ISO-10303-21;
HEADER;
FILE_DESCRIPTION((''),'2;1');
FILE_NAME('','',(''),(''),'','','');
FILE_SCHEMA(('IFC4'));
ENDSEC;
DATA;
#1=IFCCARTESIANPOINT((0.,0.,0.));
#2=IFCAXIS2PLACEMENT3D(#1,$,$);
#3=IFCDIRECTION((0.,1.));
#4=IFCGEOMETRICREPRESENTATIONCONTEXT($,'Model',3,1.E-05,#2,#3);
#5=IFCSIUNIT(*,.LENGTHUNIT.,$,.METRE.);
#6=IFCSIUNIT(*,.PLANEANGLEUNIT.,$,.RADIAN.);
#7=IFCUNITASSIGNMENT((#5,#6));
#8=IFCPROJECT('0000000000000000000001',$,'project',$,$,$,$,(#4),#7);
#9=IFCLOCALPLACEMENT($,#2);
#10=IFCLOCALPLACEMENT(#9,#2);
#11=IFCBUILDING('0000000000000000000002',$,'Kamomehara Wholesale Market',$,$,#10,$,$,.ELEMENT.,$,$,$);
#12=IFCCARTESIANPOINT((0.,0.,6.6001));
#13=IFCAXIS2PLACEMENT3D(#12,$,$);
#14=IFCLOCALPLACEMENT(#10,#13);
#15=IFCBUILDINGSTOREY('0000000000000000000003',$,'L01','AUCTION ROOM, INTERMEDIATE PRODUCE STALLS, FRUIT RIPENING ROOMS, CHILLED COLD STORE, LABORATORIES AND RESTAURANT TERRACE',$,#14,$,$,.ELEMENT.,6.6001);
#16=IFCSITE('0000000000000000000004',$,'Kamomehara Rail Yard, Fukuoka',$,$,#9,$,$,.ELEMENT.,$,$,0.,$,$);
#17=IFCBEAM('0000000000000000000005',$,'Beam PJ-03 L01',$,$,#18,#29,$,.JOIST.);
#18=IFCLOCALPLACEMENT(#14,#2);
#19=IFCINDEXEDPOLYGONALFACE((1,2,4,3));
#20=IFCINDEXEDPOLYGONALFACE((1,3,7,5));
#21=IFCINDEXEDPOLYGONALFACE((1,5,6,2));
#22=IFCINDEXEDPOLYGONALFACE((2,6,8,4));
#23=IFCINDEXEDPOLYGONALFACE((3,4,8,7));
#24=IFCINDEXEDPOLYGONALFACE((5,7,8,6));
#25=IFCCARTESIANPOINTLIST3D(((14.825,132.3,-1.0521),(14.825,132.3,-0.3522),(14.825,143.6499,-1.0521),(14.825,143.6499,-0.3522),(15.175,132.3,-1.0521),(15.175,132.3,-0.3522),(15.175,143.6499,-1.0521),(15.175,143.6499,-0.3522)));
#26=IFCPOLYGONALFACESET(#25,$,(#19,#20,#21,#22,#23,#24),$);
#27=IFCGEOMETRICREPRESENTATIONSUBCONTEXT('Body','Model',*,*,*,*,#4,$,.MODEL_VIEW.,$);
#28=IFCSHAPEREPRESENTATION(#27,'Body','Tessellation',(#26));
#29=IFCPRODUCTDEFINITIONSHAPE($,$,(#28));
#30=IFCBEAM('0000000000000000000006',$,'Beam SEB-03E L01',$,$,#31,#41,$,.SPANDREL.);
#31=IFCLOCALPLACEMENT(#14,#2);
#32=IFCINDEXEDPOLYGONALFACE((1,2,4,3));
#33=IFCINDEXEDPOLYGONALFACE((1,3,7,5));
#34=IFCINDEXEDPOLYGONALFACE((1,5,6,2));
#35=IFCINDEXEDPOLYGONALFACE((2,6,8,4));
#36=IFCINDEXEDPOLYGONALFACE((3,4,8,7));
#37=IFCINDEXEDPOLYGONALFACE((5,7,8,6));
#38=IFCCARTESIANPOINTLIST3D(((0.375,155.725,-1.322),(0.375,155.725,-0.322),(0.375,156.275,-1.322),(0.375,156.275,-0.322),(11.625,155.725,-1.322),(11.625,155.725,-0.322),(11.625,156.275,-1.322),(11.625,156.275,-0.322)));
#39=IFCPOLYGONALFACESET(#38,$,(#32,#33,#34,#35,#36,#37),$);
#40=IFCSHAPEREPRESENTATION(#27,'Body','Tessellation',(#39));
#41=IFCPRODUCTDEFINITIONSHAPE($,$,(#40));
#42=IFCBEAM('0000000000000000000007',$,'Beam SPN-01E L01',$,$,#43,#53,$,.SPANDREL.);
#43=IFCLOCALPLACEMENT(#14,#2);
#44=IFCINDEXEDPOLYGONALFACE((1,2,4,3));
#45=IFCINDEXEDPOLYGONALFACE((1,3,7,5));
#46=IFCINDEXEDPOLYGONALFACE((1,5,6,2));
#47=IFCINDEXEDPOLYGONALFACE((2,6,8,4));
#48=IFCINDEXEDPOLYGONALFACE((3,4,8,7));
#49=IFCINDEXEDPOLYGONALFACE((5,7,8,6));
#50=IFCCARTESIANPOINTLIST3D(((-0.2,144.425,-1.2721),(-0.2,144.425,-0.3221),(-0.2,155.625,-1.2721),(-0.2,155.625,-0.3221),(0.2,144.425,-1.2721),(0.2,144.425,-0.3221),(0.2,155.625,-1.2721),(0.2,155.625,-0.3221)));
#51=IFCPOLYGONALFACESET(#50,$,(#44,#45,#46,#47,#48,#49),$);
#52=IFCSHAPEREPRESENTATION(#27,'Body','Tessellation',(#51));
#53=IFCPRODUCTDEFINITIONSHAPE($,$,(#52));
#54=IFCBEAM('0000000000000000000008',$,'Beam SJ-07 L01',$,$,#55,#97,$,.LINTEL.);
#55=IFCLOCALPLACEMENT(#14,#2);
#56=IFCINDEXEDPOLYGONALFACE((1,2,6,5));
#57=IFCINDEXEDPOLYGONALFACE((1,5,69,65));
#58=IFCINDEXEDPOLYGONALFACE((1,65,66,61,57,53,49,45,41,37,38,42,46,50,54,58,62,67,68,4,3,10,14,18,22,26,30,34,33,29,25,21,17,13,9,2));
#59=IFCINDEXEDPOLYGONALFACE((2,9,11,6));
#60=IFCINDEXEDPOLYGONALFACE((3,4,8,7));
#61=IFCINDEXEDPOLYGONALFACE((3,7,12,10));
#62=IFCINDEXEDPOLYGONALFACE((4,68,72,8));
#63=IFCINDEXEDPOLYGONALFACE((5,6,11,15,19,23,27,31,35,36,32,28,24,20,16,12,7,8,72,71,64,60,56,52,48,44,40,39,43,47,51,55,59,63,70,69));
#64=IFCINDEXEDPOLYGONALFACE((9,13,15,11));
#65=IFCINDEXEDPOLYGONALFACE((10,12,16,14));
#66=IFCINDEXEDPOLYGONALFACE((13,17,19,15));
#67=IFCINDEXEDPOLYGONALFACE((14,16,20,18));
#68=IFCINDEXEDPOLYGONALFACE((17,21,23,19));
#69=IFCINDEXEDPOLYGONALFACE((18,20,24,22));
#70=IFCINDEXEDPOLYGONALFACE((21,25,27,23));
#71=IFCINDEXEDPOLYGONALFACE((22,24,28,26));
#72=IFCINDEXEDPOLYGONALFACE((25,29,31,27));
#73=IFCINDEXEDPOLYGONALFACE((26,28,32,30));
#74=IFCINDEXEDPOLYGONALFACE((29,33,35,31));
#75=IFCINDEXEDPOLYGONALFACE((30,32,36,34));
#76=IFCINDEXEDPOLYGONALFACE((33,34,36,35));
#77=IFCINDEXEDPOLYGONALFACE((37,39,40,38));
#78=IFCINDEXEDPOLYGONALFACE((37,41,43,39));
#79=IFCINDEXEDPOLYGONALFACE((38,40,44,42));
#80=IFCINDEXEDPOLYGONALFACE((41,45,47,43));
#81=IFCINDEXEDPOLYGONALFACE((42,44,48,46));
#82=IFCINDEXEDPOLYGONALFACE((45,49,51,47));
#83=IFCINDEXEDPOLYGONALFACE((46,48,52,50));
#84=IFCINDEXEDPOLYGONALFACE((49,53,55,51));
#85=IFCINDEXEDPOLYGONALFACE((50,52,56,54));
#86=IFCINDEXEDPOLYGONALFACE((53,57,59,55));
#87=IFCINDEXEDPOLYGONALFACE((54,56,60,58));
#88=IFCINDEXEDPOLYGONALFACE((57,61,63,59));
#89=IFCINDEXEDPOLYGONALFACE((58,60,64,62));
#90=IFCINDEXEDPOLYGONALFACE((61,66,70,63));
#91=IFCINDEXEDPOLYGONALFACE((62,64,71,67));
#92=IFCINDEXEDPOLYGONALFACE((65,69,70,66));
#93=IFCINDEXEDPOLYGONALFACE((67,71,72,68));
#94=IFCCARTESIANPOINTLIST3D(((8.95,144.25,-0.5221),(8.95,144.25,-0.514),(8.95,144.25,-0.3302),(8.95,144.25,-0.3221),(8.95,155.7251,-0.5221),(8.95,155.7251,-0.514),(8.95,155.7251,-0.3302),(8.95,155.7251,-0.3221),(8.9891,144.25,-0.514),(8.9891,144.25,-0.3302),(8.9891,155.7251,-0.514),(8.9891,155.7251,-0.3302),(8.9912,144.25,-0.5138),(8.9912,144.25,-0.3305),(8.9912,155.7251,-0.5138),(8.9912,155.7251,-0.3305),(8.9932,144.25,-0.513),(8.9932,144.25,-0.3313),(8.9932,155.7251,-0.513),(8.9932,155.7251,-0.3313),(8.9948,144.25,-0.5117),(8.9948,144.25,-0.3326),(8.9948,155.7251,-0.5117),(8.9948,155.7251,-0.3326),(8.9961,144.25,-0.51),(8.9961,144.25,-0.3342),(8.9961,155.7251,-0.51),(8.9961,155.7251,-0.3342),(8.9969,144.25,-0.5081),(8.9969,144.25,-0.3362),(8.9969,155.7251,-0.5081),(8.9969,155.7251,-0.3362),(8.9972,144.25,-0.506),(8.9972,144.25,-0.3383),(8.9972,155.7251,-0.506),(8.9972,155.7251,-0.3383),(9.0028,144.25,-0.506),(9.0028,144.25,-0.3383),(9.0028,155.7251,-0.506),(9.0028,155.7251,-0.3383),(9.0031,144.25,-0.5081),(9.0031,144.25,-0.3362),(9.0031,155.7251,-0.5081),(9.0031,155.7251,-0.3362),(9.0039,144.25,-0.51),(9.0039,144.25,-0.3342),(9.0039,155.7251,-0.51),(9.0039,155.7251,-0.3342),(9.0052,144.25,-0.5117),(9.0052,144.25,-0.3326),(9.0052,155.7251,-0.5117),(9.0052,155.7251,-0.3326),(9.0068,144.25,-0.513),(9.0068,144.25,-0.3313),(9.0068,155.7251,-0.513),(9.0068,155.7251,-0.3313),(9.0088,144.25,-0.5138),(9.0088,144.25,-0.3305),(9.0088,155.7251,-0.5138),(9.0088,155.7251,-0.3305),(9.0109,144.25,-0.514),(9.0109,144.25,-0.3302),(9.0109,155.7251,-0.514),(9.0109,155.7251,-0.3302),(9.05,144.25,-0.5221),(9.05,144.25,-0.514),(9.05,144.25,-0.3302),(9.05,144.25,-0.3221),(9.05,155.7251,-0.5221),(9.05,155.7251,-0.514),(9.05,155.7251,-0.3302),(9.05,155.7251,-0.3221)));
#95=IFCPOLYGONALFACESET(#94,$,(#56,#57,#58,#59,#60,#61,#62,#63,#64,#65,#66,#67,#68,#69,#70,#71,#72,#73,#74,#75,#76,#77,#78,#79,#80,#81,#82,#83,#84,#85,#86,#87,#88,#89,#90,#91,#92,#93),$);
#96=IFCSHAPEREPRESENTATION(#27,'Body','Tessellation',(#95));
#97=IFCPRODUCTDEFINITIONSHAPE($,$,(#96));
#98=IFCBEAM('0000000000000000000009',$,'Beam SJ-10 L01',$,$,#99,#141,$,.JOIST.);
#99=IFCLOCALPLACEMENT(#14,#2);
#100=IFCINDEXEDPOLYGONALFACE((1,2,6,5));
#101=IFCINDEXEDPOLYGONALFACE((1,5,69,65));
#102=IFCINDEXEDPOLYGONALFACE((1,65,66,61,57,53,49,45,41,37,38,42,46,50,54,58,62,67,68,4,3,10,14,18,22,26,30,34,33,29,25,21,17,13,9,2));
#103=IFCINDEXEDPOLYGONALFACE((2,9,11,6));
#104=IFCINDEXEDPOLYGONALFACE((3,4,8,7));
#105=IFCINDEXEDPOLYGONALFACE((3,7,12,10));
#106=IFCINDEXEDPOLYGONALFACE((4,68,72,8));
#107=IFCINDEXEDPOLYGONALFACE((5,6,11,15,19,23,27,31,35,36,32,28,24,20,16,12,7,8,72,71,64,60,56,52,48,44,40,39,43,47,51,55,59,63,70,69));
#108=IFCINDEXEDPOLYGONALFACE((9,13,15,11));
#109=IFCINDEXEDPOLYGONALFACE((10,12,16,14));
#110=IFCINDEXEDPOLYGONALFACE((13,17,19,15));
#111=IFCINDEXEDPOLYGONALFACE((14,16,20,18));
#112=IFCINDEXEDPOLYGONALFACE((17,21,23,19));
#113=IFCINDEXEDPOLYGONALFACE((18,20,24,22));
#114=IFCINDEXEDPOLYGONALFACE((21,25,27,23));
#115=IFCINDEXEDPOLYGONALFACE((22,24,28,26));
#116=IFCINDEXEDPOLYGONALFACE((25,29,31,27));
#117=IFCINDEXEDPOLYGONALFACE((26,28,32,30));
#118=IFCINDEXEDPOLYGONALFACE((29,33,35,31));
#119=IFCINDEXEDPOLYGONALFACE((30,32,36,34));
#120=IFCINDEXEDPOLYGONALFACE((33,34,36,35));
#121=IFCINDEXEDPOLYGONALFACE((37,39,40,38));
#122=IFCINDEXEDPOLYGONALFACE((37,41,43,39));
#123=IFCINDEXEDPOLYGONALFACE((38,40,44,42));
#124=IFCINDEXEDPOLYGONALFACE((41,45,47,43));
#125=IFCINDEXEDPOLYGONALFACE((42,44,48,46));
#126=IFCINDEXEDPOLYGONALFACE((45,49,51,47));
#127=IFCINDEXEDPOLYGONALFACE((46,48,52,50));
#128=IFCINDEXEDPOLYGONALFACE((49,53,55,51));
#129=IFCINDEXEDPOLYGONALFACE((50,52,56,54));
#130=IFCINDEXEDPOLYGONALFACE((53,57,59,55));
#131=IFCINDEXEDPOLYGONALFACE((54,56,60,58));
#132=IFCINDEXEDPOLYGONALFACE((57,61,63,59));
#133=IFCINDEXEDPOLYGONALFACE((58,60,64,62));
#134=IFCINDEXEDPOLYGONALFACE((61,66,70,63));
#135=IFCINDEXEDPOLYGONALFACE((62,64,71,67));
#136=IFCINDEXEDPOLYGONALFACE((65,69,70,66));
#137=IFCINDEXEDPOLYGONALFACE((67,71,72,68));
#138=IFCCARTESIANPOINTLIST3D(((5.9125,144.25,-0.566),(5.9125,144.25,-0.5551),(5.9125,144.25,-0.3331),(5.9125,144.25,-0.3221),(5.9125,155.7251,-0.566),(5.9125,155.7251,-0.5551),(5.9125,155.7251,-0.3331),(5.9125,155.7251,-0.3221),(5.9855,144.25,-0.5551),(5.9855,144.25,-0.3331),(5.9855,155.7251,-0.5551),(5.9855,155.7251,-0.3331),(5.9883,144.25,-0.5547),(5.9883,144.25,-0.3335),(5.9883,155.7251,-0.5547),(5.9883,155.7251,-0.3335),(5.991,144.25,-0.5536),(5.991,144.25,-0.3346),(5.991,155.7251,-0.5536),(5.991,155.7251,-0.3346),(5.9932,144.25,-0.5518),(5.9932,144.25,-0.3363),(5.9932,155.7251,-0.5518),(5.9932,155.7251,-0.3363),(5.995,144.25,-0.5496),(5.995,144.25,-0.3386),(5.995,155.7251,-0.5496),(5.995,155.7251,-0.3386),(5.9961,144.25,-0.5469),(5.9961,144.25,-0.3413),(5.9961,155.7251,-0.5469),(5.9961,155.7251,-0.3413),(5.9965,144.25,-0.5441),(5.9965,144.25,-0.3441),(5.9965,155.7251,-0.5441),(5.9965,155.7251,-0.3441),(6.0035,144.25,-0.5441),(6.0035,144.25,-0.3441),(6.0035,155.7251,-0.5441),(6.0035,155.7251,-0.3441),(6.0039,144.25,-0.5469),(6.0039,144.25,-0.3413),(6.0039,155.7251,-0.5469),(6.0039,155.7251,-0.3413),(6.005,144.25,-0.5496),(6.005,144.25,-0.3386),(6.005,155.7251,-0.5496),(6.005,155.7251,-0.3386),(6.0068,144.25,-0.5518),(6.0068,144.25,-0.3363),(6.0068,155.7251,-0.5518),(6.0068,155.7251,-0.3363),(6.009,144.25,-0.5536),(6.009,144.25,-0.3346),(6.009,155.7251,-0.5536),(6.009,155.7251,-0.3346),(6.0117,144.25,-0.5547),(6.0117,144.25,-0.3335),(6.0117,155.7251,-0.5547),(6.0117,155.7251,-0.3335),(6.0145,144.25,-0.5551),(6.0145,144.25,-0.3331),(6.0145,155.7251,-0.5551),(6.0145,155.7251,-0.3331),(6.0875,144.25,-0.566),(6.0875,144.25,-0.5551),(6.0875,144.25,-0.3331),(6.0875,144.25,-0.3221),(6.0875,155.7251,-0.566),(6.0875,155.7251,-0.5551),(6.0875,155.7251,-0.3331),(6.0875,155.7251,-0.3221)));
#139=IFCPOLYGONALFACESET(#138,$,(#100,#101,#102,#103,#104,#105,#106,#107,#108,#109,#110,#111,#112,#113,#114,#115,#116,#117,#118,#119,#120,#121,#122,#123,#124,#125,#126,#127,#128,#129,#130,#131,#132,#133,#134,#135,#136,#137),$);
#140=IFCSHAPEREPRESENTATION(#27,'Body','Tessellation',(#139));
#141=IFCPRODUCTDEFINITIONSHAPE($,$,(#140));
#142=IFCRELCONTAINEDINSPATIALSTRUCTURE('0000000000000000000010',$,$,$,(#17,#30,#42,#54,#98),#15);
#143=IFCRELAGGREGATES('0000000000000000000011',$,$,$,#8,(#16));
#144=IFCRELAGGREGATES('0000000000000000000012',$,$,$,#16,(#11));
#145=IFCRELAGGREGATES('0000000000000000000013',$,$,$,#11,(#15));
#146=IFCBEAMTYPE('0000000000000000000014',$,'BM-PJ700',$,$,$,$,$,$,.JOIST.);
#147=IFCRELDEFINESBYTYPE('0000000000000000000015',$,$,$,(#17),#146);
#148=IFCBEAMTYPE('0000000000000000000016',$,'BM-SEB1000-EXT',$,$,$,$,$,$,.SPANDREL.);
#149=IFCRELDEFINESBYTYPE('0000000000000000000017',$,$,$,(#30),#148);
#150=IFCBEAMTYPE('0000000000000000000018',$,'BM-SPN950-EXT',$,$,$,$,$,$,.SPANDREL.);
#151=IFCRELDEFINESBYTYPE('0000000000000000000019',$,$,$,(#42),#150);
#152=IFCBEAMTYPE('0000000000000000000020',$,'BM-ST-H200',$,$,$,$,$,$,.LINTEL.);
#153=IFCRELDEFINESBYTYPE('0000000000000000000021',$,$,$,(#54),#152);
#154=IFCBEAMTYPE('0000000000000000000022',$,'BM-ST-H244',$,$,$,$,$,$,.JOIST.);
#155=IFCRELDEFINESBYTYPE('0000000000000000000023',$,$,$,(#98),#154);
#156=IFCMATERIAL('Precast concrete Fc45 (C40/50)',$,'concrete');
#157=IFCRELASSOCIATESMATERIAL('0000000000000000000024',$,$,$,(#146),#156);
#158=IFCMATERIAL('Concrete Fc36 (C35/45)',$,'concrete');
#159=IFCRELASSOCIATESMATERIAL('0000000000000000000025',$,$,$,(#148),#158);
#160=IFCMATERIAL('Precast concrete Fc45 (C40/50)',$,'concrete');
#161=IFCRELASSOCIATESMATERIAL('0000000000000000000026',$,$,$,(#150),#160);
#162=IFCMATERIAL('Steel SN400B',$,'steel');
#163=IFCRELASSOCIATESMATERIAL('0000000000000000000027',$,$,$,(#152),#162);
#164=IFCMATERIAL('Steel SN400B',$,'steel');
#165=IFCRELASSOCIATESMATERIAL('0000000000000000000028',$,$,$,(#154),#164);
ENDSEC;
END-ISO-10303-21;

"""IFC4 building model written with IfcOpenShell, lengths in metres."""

from ifc_helpers import new_model, si_unit, direction, frame, origin, origin_2d, place, context, subcontext, project, spatial, rectangle, i_section, extrude, material, material_profile, profile_set, type_object, element, save


model = new_model("IFC4")

# Units and contexts
model_context = context("Model", 3, precision=1e-05, world=origin(), true_north=direction((0.0, 1.0)))
body_context = subcontext(model_context, "Body", "Model", "MODEL_VIEW")
ifc_project = project(units=[si_unit("LENGTHUNIT", "METRE"), si_unit("PLANEANGLEUNIT", "RADIAN")], contexts=[model_context])

# Site, building, storey
site_placement = place(None, origin())
site = spatial("IfcSite", under=ifc_project, at=site_placement, Name="Kamomehara Rail Yard, Fukuoka", CompositionType="ELEMENT", RefElevation=0.0)
building_placement = place(site_placement, origin())
building = spatial("IfcBuilding", under=site, at=building_placement, Name="Kamomehara Wholesale Market", CompositionType="ELEMENT")
storey_placement = place(building_placement, frame((0.0, 0.0, 6.6001)))
storey = spatial("IfcBuildingStorey", under=building, at=storey_placement, Name="L01", Description="AUCTION ROOM, INTERMEDIATE PRODUCE STALLS, FRUIT RIPENING ROOMS, CHILLED COLD STORE, LABORATORIES AND RESTAURANT TERRACE", CompositionType="ELEMENT", Elevation=6.6001)

# Beams
ifc_material_1 = material(Name="Precast concrete Fc45 (C40/50)", Category="concrete")
ifc_material_profile_1 = material_profile(ifc_material_1, rectangle(XDim=0.3501, YDim=0.7, at=origin_2d()), Name="PC-JST-350x700")
ifc_profile_set_1 = profile_set([ifc_material_profile_1], Name="Precast concrete Fc45 (C40/50)")
beam_type_1 = type_object("IfcBeamType", Name="BM-PJ700", PredefinedType="JOIST", material=ifc_profile_set_1)
beam_1_placement = place(storey_placement, frame((15.0, 132.3, -0.7021), z_axis=(0.0, 1.0, 0.0), x_axis=(-1.0, 0.0, 0.0)))
element("IfcBeam", 1, at=beam_1_placement, inside=storey, type_object=beam_type_1, Name="Beam PJ-03 L01", PredefinedType="JOIST", context=body_context, shape_type="SweptSolid", body=[
    extrude(rectangle(XDim=0.3501, YDim=0.7, at=origin_2d()), origin(), (0.0, 0.0, 1.0), 11.3499),
])
ifc_material_2 = material(Name="Concrete Fc36 (C35/45)", Category="concrete")
ifc_material_profile_2 = material_profile(ifc_material_2, rectangle(XDim=0.55, YDim=1.0, at=origin_2d()), Name="RC-SEB-550x1000")
ifc_profile_set_2 = profile_set([ifc_material_profile_2], Name="Concrete Fc36 (C35/45)")
beam_type_2 = type_object("IfcBeamType", Name="BM-SEB1000-EXT", PredefinedType="SPANDREL", material=ifc_profile_set_2)
beam_2_placement = place(storey_placement, frame((0.375, 156.0, -0.822), z_axis=(1.0, 0.0, 0.0), x_axis=(0.0, 1.0, 0.0)))
element("IfcBeam", 2, at=beam_2_placement, inside=storey, type_object=beam_type_2, Name="Beam SEB-03E L01", PredefinedType="SPANDREL", context=body_context, shape_type="SweptSolid", body=[
    extrude(rectangle(XDim=0.55, YDim=1.0, at=origin_2d()), origin(), (0.0, 0.0, 1.0), 11.25),
])
ifc_material_3 = material(Name="Precast concrete Fc45 (C40/50)", Category="concrete")
ifc_material_profile_3 = material_profile(ifc_material_3, rectangle(XDim=0.3999, YDim=0.95, at=origin_2d()), Name="PC-SPN-400x950")
ifc_profile_set_3 = profile_set([ifc_material_profile_3], Name="Precast concrete Fc45 (C40/50)")
beam_type_3 = type_object("IfcBeamType", Name="BM-SPN950-EXT", PredefinedType="SPANDREL", material=ifc_profile_set_3)
beam_3_placement = place(storey_placement, frame((0.0, 144.425, -0.7971), z_axis=(0.0, 1.0, 0.0), x_axis=(-1.0, 0.0, 0.0)))
element("IfcBeam", 3, at=beam_3_placement, inside=storey, type_object=beam_type_3, Name="Beam SPN-01E L01", PredefinedType="SPANDREL", context=body_context, shape_type="SweptSolid", body=[
    extrude(rectangle(XDim=0.3999, YDim=0.95, at=origin_2d()), origin(), (0.0, 0.0, 1.0), 11.2),
])
ifc_material_4 = material(Name="Steel SN400B", Category="steel")
ifc_material_profile_4 = material_profile(ifc_material_4, i_section(OverallWidth=0.1001, OverallDepth=0.2, WebThickness=0.0056, FlangeThickness=0.0081, FilletRadius=0.0081, at=origin_2d()), Name="H-200x100x5.5x8")
ifc_profile_set_4 = profile_set([ifc_material_profile_4], Name="Steel SN400B")
beam_type_4 = type_object("IfcBeamType", Name="BM-ST-H200", PredefinedType="LINTEL", material=ifc_profile_set_4)
beam_4_placement = place(storey_placement, frame((9.0, 144.25, -0.4221), z_axis=(0.0, 1.0, 0.0), x_axis=(-1.0, 0.0, 0.0)))
element("IfcBeam", 4, at=beam_4_placement, inside=storey, type_object=beam_type_4, Name="Beam SJ-07 L01", PredefinedType="LINTEL", context=body_context, shape_type="SweptSolid", body=[
    extrude(i_section(OverallWidth=0.1001, OverallDepth=0.2, WebThickness=0.0056, FlangeThickness=0.0081, FilletRadius=0.0081, at=origin_2d()), origin(), (0.0, 0.0, 1.0), 11.4751),
])
ifc_material_5 = material(Name="Steel SN400B", Category="steel")
ifc_material_profile_5 = material_profile(ifc_material_5, i_section(OverallWidth=0.175, OverallDepth=0.2439, WebThickness=0.0071, FlangeThickness=0.011, FilletRadius=0.011, at=origin_2d()), Name="H-244x175x7x11")
ifc_profile_set_5 = profile_set([ifc_material_profile_5], Name="Steel SN400B")
beam_type_5 = type_object("IfcBeamType", Name="BM-ST-H244", PredefinedType="JOIST", material=ifc_profile_set_5)
beam_5_placement = place(storey_placement, frame((6.0, 144.25, -0.4441), z_axis=(0.0, 1.0, 0.0), x_axis=(-1.0, 0.0, 0.0)))
element("IfcBeam", 5, at=beam_5_placement, inside=storey, type_object=beam_type_5, Name="Beam SJ-10 L01", PredefinedType="JOIST", context=body_context, shape_type="SweptSolid", body=[
    extrude(i_section(OverallWidth=0.175, OverallDepth=0.2439, WebThickness=0.0071, FlangeThickness=0.011, FilletRadius=0.011, at=origin_2d()), origin(), (0.0, 0.0, 1.0), 11.4751),
])

save(model, "model.ifc")
